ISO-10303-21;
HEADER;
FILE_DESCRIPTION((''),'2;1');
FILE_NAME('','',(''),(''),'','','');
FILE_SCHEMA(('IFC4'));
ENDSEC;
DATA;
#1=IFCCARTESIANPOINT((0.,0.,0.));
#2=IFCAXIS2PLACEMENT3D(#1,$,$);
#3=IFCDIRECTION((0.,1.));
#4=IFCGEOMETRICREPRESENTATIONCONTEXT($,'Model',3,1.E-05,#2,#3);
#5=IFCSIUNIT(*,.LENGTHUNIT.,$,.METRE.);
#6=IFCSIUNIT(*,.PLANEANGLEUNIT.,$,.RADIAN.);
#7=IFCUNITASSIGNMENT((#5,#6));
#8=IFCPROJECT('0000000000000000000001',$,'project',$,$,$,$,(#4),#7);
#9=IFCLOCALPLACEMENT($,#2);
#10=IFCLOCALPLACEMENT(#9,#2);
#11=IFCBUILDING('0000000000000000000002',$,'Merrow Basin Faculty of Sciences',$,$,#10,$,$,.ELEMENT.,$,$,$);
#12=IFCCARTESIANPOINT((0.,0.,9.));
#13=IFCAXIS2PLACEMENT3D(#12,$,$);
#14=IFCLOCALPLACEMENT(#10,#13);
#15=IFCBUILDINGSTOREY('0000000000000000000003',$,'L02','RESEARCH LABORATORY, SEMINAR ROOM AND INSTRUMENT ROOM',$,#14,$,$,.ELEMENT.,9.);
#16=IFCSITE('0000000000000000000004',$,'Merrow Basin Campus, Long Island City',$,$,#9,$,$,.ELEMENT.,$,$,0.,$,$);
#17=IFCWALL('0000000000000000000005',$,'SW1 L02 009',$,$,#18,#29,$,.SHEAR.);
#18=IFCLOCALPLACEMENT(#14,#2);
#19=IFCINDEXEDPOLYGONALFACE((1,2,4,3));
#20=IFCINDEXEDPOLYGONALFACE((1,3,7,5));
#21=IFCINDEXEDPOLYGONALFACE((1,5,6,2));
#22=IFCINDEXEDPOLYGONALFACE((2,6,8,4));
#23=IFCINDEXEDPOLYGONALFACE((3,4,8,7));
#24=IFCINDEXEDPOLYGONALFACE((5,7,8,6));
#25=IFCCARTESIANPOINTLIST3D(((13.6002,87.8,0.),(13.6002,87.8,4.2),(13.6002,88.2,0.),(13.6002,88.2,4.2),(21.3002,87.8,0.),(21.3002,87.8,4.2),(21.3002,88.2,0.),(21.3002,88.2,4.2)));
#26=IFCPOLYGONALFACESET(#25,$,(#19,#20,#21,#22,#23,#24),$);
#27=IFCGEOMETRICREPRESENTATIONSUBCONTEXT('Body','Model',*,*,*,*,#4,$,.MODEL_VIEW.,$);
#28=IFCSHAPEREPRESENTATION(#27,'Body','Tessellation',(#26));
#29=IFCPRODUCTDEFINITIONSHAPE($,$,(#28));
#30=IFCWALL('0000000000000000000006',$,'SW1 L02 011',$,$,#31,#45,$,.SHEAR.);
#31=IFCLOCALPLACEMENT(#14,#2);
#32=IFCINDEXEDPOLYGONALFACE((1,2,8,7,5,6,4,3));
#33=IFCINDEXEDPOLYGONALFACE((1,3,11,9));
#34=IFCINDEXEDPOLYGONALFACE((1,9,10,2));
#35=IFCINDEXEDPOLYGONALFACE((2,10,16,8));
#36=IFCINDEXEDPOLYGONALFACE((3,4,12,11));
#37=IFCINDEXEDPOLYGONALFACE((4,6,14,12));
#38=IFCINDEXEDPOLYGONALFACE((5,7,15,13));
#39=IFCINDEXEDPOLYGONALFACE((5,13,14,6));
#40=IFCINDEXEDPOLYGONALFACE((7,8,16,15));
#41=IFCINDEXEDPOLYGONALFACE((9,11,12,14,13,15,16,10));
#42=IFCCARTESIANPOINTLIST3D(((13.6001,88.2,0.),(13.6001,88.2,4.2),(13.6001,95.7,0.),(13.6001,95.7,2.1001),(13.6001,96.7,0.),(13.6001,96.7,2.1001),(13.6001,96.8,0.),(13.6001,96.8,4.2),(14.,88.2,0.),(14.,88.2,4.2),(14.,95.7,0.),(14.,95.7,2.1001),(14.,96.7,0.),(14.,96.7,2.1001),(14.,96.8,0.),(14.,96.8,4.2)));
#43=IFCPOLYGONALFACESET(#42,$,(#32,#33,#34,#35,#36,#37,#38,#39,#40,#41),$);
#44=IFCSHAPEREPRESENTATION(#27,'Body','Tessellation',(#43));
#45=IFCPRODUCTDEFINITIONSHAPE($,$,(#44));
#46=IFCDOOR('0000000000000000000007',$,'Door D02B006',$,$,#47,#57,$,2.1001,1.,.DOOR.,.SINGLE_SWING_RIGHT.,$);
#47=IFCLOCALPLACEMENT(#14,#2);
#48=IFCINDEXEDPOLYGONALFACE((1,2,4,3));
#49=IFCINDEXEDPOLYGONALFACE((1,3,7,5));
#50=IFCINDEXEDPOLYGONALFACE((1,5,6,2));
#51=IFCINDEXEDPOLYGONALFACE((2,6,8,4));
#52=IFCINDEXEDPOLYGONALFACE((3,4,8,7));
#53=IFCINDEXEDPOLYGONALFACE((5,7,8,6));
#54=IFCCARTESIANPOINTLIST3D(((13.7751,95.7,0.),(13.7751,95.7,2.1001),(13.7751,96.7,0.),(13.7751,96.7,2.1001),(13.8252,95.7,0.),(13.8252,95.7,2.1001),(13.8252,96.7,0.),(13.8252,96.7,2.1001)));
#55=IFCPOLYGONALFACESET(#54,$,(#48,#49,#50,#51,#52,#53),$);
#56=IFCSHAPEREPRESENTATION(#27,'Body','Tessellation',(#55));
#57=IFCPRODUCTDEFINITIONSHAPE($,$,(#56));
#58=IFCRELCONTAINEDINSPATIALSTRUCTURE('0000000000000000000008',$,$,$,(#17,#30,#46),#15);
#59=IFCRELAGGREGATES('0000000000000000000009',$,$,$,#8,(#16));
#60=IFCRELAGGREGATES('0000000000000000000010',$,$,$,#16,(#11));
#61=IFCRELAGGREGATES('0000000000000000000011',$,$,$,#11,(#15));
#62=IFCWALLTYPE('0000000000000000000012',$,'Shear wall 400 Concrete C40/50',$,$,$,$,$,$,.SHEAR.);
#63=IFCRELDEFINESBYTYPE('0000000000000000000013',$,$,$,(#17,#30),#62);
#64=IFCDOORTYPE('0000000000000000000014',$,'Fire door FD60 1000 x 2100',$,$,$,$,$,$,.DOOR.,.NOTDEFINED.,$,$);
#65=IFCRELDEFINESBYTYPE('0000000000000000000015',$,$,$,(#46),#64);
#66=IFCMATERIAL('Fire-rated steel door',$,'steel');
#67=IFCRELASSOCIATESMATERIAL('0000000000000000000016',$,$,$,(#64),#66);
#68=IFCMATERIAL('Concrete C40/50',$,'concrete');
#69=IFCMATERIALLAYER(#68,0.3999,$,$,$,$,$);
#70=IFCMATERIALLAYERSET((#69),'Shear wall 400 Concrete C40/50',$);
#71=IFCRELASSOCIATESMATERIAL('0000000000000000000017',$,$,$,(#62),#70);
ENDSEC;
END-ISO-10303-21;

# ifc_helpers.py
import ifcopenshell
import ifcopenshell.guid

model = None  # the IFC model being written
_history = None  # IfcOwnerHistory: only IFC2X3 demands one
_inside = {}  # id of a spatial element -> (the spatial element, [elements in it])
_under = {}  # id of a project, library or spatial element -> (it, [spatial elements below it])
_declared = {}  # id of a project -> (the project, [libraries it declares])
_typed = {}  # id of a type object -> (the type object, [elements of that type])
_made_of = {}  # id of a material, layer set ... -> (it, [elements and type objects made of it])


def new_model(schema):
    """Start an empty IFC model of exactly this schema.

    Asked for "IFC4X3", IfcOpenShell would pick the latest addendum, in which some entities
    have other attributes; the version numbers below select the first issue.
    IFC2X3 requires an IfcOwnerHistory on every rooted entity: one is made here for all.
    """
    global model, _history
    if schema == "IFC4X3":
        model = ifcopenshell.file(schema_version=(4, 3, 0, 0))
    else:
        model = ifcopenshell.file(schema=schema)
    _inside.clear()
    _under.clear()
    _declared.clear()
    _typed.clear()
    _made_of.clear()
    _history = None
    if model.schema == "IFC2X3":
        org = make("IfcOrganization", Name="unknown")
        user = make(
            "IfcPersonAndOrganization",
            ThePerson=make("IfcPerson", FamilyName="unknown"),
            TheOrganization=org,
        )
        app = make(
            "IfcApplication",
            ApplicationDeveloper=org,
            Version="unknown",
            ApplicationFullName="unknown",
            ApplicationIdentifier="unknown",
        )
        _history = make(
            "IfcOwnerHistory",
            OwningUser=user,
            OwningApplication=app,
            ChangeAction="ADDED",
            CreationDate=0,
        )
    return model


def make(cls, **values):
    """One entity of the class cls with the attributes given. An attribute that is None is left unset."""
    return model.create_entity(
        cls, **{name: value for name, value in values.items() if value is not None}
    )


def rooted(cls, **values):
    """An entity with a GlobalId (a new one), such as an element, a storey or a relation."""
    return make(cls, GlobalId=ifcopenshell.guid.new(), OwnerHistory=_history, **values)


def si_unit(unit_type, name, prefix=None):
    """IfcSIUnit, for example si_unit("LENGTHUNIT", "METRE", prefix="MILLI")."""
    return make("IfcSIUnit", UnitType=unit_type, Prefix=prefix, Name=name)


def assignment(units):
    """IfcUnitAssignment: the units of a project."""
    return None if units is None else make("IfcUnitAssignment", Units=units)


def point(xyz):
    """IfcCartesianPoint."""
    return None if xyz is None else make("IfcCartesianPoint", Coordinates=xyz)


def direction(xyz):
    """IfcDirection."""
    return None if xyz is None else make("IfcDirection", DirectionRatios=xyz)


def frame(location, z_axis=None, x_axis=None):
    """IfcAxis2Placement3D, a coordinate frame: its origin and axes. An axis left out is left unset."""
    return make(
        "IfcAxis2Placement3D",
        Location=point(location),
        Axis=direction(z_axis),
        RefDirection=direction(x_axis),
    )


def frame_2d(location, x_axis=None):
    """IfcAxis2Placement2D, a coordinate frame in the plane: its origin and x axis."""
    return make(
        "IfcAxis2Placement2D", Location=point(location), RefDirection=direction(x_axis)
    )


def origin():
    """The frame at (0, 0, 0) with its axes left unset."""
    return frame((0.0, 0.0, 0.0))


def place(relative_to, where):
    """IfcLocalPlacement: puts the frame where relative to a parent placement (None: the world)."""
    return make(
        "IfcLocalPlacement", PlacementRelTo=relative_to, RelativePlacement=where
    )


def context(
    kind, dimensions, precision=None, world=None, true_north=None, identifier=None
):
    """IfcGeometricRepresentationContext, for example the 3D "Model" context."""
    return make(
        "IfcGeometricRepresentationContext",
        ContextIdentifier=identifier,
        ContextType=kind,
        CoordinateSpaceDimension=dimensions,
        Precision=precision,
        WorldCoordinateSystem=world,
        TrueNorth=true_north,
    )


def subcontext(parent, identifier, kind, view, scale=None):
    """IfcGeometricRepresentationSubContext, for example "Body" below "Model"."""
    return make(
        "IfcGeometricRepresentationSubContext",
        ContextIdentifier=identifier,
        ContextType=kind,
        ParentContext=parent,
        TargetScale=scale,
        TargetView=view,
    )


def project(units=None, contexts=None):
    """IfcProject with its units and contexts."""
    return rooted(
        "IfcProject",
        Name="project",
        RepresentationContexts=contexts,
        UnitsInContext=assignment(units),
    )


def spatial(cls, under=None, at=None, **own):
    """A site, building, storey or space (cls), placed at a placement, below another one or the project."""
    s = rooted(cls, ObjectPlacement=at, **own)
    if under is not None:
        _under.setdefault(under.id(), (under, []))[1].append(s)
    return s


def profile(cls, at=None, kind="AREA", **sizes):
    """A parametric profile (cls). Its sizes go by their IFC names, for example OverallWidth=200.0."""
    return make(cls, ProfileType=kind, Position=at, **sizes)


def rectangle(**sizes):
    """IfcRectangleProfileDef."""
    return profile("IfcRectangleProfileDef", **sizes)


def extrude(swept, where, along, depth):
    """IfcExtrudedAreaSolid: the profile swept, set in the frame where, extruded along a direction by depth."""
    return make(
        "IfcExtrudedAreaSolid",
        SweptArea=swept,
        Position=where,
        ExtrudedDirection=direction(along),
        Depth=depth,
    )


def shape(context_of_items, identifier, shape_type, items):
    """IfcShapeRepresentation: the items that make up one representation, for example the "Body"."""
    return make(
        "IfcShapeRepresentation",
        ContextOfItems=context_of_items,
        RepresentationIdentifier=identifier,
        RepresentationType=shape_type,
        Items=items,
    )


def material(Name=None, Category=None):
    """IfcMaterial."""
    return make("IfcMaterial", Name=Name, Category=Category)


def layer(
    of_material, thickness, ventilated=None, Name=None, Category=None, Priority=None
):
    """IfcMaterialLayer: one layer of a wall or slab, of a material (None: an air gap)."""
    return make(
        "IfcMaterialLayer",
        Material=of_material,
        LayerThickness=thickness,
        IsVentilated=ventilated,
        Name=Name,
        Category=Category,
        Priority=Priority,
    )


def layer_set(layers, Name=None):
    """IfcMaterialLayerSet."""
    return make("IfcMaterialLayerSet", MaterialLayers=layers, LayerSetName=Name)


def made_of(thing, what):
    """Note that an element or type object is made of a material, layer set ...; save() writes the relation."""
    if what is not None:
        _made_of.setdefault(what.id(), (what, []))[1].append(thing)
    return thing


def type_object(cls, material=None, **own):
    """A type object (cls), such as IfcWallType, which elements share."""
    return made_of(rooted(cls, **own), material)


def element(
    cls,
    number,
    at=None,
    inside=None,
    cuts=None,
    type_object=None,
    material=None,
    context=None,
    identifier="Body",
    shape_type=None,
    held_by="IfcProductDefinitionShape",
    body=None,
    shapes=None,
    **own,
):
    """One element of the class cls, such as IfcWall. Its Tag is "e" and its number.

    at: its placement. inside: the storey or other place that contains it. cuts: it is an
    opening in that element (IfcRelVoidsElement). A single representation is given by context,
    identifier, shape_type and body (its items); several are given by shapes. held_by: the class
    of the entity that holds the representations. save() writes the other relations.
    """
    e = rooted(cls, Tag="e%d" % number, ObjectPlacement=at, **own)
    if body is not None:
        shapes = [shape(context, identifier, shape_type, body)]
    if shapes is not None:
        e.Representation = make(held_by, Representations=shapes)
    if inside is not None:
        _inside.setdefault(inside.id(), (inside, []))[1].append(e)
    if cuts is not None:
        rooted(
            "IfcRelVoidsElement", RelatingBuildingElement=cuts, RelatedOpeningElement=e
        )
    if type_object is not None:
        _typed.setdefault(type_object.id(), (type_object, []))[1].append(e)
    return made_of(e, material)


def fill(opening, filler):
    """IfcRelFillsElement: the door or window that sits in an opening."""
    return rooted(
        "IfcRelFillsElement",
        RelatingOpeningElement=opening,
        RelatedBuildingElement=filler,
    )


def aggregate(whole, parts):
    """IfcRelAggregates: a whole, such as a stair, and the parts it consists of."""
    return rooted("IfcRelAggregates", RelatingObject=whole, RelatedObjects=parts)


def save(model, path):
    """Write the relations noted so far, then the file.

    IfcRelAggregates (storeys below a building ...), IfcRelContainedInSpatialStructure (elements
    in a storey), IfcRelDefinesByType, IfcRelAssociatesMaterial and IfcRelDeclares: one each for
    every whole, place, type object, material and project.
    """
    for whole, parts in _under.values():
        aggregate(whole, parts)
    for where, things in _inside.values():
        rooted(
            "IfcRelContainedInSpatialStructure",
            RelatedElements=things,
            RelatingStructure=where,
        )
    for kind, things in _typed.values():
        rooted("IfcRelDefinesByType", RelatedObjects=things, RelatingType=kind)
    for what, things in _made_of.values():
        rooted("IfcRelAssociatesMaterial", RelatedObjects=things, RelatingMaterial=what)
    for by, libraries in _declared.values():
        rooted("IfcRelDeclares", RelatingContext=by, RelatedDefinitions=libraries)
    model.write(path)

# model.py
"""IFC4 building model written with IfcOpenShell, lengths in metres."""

from ifc_helpers import new_model, si_unit, direction, frame, frame_2d, origin, place, context, subcontext, project, spatial, rectangle, extrude, material, layer, layer_set, type_object, element, fill, save


model = new_model("IFC4")

# Units and contexts
model_context = context("Model", 3, precision=1e-05, world=origin(), true_north=direction((0.0, 1.0)))
body_context = subcontext(model_context, "Body", "Model", "MODEL_VIEW")
ifc_project = project(units=[si_unit("LENGTHUNIT", "METRE"), si_unit("PLANEANGLEUNIT", "RADIAN")], contexts=[model_context])

# Site, building, storey
site_placement = place(None, origin())
site = spatial("IfcSite", under=ifc_project, at=site_placement, Name="Merrow Basin Campus, Long Island City", CompositionType="ELEMENT", RefElevation=0.0)
building_placement = place(site_placement, origin())
building = spatial("IfcBuilding", under=site, at=building_placement, Name="Merrow Basin Faculty of Sciences", CompositionType="ELEMENT")
storey_placement = place(building_placement, frame((0.0, 0.0, 9.0)))
storey = spatial("IfcBuildingStorey", under=building, at=storey_placement, Name="L02", Description="RESEARCH LABORATORY, SEMINAR ROOM AND INSTRUMENT ROOM", CompositionType="ELEMENT", Elevation=9.0)

# Shared definitions
ifc_material_1 = material(Name="Fire-rated steel door", Category="steel")
door_type = type_object("IfcDoorType", Name="Fire door FD60 1000 x 2100", OperationType="NOTDEFINED", PredefinedType="DOOR", material=ifc_material_1)

# Wall
ifc_material_2 = material(Name="Concrete C40/50", Category="concrete")
ifc_layer_1 = layer(ifc_material_2, 0.3999)
ifc_layer_set_1 = layer_set([ifc_layer_1], Name="Shear wall 400 Concrete C40/50")
wall_type_1 = type_object("IfcWallType", Name="Shear wall 400 Concrete C40/50", PredefinedType="SHEAR", material=ifc_layer_set_1)
wall_1_placement = place(storey_placement, frame((13.6001, 88.0, 0.0), z_axis=(0.0, 0.0, 1.0), x_axis=(1.0, 0.0, 0.0)))
element("IfcWall", 1, at=wall_1_placement, inside=storey, type_object=wall_type_1, Name="SW1 L02 009", PredefinedType="SHEAR", context=body_context, shape_type="SweptSolid", body=[
    extrude(rectangle(XDim=7.7, YDim=0.3999, at=frame_2d((3.8501, 0.0))), origin(), (0.0, 0.0, 1.0), 4.2),
])

# Wall, opening, door
wall_2_placement = place(storey_placement, frame((13.8, 88.2, 0.0), z_axis=(0.0, 0.0, 1.0), x_axis=(0.0, 1.0, 0.0)))
wall_2 = element("IfcWall", 2, at=wall_2_placement, inside=storey, type_object=wall_type_1, Name="SW1 L02 011", PredefinedType="SHEAR", context=body_context, shape_type="SweptSolid", body=[
    extrude(rectangle(XDim=8.6001, YDim=0.3999, at=frame_2d((4.3, 0.0))), origin(), (0.0, 0.0, 1.0), 4.2),
])
opening_1_placement = place(wall_2_placement, frame((7.5, 0.0, 0.0)))
opening_1 = element("IfcOpeningElement", 3, at=opening_1_placement, cuts=wall_2, PredefinedType="OPENING", context=body_context, shape_type="SweptSolid", body=[
    extrude(rectangle(XDim=1.0, YDim=2.1001, at=frame_2d((0.5, 1.05))), frame((0.0, 0.21, 0.0), z_axis=(0.0, -1.0, 0.0), x_axis=(1.0, 0.0, 0.0)), (0.0, 0.0, 1.0), 0.4199),
])
door_1_placement = place(opening_1_placement, origin())
door_1 = element("IfcDoor", 4, at=door_1_placement, inside=storey, type_object=door_type, Name="Door D02B006", OperationType="SINGLE_SWING_RIGHT", OverallHeight=2.1001, OverallWidth=1.0, PredefinedType="DOOR", context=body_context, shape_type="SweptSolid", body=[
    extrude(rectangle(XDim=1.0, YDim=2.1001, at=frame_2d((0.5, 1.05))), frame((0.0, 0.0249, 0.0), z_axis=(0.0, -1.0, 0.0), x_axis=(1.0, 0.0, 0.0)), (0.0, 0.0, 1.0), 0.05),
])
fill(opening_1, door_1)

save(model, "model.ifc")
